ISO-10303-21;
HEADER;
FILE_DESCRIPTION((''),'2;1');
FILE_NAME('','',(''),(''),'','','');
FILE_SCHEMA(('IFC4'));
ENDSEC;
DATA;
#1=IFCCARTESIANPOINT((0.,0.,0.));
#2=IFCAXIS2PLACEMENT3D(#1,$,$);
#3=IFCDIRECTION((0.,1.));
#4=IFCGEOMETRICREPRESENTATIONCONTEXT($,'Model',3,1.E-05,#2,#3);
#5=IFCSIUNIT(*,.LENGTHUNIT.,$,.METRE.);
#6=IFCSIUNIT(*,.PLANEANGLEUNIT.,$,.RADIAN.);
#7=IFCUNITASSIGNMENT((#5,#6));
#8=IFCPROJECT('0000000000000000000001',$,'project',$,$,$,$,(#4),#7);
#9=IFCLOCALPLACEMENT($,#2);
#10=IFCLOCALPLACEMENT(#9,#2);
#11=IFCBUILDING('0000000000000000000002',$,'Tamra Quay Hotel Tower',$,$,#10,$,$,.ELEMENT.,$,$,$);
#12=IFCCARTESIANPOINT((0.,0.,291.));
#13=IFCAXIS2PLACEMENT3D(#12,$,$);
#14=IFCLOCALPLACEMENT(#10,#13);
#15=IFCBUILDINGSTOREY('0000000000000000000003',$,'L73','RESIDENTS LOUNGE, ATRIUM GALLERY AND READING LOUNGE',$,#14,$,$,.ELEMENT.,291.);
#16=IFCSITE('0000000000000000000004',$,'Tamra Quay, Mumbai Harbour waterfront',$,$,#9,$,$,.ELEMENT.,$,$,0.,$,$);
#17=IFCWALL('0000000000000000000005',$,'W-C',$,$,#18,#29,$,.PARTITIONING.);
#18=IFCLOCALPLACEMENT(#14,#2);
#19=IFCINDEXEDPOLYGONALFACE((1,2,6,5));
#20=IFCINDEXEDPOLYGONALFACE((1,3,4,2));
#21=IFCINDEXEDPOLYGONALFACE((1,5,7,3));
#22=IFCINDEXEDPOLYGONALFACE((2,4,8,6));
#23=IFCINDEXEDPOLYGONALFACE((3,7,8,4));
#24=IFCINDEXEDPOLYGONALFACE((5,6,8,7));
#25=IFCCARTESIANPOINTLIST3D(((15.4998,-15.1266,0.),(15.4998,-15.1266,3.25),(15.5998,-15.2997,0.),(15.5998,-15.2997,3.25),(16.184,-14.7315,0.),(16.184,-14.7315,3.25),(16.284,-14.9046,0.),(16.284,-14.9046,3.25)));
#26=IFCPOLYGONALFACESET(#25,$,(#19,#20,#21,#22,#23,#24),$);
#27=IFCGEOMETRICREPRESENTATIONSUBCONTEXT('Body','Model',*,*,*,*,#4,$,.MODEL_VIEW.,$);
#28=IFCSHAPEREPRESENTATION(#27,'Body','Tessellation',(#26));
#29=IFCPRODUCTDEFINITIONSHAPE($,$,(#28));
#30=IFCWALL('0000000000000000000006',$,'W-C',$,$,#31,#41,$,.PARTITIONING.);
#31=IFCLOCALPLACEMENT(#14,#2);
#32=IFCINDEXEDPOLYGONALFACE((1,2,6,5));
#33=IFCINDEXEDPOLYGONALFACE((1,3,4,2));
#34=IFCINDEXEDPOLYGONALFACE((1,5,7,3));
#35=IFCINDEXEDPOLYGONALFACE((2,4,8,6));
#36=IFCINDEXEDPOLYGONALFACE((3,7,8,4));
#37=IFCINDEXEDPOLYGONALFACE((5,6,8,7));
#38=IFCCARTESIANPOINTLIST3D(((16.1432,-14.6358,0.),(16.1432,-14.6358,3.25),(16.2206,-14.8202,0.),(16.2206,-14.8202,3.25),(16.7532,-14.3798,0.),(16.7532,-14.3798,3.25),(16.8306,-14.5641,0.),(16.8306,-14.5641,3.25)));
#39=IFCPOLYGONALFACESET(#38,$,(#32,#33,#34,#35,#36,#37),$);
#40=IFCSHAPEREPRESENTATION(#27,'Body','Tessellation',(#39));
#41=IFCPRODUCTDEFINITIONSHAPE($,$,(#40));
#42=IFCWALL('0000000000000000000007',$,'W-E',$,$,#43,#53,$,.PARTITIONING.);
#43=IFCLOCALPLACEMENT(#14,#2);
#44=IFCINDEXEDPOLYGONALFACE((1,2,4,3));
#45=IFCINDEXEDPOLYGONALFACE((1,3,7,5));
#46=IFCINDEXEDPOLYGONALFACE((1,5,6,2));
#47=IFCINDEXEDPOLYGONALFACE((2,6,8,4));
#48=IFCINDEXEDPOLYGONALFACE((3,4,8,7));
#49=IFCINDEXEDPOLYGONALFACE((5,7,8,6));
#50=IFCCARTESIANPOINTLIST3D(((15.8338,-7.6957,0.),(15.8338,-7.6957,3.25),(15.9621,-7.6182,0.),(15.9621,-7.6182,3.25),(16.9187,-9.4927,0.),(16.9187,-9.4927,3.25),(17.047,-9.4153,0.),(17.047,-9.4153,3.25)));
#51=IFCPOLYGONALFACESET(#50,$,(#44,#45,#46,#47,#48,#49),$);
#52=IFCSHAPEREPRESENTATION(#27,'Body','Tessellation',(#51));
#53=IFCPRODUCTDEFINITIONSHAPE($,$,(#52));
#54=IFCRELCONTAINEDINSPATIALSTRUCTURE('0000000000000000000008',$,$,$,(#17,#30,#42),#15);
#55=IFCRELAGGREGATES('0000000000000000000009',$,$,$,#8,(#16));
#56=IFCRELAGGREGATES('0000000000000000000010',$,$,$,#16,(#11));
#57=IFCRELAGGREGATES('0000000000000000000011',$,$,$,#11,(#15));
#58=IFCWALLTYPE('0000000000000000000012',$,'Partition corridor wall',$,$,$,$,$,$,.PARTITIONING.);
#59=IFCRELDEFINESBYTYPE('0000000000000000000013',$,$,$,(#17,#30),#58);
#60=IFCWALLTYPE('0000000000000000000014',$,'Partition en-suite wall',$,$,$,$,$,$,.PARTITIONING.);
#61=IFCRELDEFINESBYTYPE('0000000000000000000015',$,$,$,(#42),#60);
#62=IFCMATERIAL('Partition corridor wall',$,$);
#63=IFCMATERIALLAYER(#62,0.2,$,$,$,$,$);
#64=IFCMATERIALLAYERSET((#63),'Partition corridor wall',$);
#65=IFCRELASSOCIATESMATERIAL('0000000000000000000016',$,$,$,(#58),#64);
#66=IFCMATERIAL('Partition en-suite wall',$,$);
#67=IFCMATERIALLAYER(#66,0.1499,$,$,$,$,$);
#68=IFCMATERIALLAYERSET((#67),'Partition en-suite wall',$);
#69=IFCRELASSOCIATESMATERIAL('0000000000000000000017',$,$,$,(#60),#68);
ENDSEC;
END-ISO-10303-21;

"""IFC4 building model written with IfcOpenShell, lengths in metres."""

from ifc_helpers import new_model, si_unit, direction, frame, frame_2d, origin, place, context, subcontext, project, spatial, rectangle, extrude, material, layer, layer_set, type_object, element, save


model = new_model("IFC4")

# Units and contexts
model_context = context("Model", 3, precision=1e-05, world=origin(), true_north=direction((0.0, 1.0)))
body_context = subcontext(model_context, "Body", "Model", "MODEL_VIEW")
ifc_project = project(units=[si_unit("LENGTHUNIT", "METRE"), si_unit("PLANEANGLEUNIT", "RADIAN")], contexts=[model_context])

# Site, building, storey
site_placement = place(None, origin())
site = spatial("IfcSite", under=ifc_project, at=site_placement, Name="Tamra Quay, Mumbai Harbour waterfront", CompositionType="ELEMENT", RefElevation=0.0)
building_placement = place(site_placement, origin())
building = spatial("IfcBuilding", under=site, at=building_placement, Name="Tamra Quay Hotel Tower", CompositionType="ELEMENT")
storey_placement = place(building_placement, frame((0.0, 0.0, 291.0)))
storey = spatial("IfcBuildingStorey", under=building, at=storey_placement, Name="L73", Description="RESIDENTS LOUNGE, ATRIUM GALLERY AND READING LOUNGE", CompositionType="ELEMENT", Elevation=291.0)

# Walls
ifc_material_1 = material(Name="Partition corridor wall")
ifc_layer_1 = layer(ifc_material_1, 0.2)
ifc_layer_set_1 = layer_set([ifc_layer_1], Name="Partition corridor wall")
wall_type_1 = type_object("IfcWallType", Name="Partition corridor wall", PredefinedType="PARTITIONING", material=ifc_layer_set_1)
wall_1_placement = place(storey_placement, frame((15.5498, -15.2131, 0.0), z_axis=(0.0, 0.0, 1.0), x_axis=(0.86599, 0.500061, 0.0)))
element("IfcWall", 1, at=wall_1_placement, inside=storey, type_object=wall_type_1, Name="W-C", PredefinedType="PARTITIONING", context=body_context, shape_type="SweptSolid", body=[
    extrude(rectangle(XDim=0.79, YDim=0.2, at=frame_2d((0.395, 0.0))), origin(), (0.0, 0.0, 1.0), 3.25),
])
wall_2_placement = place(storey_placement, frame((16.1819, -14.728, 0.0), z_axis=(0.0, 0.0, 1.0), x_axis=(0.922058, 0.387051, 0.0)))
element("IfcWall", 2, at=wall_2_placement, inside=storey, type_object=wall_type_1, Name="W-C", PredefinedType="PARTITIONING", context=body_context, shape_type="SweptSolid", body=[
    extrude(rectangle(XDim=0.6616, YDim=0.2, at=frame_2d((0.3308, 0.0))), origin(), (0.0, 0.0, 1.0), 3.25),
])
ifc_material_2 = material(Name="Partition en-suite wall")
ifc_layer_2 = layer(ifc_material_2, 0.1499)
ifc_layer_set_2 = layer_set([ifc_layer_2], Name="Partition en-suite wall")
wall_type_2 = type_object("IfcWallType", Name="Partition en-suite wall", PredefinedType="PARTITIONING", material=ifc_layer_set_2)
wall_3_placement = place(storey_placement, frame((15.8979, -7.657, 0.0), z_axis=(0.0, 0.0, 1.0), x_axis=(0.516837, -0.856084, 0.0)))
element("IfcWall", 3, at=wall_3_placement, inside=storey, type_object=wall_type_2, Name="W-E", PredefinedType="PARTITIONING", context=body_context, shape_type="SweptSolid", body=[
    extrude(rectangle(XDim=2.0991, YDim=0.1499, at=frame_2d((1.0496, 0.0))), origin(), (0.0, 0.0, 1.0), 3.25),
])

save(model, "model.ifc")
